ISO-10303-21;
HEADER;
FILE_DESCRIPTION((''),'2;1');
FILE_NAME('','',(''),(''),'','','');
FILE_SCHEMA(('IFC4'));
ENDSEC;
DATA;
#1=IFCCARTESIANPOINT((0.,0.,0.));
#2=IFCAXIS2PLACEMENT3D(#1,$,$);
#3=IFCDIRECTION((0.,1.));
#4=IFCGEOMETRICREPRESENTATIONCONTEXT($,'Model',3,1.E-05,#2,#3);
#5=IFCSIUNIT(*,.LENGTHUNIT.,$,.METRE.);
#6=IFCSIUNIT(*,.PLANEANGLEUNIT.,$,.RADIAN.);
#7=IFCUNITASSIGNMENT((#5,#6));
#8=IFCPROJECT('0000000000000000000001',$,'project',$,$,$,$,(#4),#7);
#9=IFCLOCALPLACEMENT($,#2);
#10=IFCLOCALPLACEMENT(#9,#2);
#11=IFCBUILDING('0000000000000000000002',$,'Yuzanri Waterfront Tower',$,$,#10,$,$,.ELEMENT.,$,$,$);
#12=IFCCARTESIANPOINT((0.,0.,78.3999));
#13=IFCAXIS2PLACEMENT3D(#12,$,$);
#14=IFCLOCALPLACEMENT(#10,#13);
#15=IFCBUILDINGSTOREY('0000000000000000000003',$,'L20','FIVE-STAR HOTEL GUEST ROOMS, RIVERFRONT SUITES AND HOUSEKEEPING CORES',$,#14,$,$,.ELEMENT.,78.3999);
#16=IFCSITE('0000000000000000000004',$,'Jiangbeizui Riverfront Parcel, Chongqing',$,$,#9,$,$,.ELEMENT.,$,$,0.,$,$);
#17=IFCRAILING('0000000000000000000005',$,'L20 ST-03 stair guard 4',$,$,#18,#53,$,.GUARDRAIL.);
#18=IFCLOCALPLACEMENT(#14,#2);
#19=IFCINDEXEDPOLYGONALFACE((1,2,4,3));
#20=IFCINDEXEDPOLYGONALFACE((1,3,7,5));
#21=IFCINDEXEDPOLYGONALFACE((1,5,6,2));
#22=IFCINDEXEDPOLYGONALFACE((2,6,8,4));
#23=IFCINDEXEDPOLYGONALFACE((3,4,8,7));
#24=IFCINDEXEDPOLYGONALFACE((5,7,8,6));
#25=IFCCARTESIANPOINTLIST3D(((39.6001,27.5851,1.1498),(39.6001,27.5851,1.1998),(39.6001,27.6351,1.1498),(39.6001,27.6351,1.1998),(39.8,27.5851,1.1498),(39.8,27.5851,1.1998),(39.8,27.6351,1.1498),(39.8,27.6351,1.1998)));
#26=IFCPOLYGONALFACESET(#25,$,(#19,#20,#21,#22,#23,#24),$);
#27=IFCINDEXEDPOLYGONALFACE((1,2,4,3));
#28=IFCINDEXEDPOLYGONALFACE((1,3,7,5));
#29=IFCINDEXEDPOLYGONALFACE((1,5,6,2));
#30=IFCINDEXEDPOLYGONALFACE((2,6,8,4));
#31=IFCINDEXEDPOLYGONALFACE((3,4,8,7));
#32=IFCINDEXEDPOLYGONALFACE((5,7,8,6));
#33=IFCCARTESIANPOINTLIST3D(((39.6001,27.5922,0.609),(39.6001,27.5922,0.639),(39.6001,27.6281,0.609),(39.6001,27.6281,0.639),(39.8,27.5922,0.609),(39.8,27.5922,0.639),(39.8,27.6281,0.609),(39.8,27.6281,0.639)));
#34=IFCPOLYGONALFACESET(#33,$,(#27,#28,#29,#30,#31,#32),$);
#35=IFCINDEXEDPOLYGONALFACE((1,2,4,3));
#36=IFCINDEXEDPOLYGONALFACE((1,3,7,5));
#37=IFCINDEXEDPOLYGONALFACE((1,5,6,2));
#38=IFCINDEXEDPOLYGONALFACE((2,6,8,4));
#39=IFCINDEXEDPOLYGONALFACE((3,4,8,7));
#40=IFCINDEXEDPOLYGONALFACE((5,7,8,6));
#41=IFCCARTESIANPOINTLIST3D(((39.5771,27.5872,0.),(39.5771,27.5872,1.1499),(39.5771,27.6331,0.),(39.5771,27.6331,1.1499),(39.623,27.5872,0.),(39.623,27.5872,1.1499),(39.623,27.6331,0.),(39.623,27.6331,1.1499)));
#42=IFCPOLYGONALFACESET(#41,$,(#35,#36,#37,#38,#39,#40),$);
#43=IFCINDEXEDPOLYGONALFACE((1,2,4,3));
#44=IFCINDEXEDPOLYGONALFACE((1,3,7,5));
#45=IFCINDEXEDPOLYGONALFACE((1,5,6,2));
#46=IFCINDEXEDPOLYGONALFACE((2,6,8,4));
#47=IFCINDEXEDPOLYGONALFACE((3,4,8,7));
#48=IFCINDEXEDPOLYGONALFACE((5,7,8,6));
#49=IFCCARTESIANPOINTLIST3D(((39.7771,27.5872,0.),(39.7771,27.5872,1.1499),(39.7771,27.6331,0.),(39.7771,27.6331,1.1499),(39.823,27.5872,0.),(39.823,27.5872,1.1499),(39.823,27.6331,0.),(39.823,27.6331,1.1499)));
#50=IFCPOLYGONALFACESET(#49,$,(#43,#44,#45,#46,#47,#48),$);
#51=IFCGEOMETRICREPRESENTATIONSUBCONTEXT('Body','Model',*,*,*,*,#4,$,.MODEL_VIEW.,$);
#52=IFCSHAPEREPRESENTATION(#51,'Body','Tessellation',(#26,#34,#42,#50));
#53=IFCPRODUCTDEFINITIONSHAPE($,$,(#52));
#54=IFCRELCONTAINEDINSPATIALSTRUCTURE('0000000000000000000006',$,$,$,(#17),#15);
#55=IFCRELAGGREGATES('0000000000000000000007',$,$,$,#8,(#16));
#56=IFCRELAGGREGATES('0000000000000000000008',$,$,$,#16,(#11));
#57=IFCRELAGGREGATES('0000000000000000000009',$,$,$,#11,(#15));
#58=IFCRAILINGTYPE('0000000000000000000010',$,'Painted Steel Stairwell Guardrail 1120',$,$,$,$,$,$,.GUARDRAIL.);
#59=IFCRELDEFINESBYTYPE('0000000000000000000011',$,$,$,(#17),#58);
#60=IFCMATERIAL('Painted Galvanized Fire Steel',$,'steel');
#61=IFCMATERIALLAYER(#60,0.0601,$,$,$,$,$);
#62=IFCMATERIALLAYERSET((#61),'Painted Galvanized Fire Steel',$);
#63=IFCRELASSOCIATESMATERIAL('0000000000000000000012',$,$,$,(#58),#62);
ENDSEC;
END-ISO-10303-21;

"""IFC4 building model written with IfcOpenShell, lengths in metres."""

from ifc_helpers import new_model, si_unit, direction, frame, origin, origin_2d, place, context, subcontext, project, spatial, rectangle, extrude, source, transform, mapped, material, layer, layer_set, type_object, element, save


model = new_model("IFC4")

# Units and contexts
model_context = context("Model", 3, precision=1e-05, world=origin(), true_north=direction((0.0, 1.0)))
body_context = subcontext(model_context, "Body", "Model", "MODEL_VIEW")
ifc_project = project(units=[si_unit("LENGTHUNIT", "METRE"), si_unit("PLANEANGLEUNIT", "RADIAN")], contexts=[model_context])

# Site, building, storey
site_placement = place(None, origin())
site = spatial("IfcSite", under=ifc_project, at=site_placement, Name="Jiangbeizui Riverfront Parcel, Chongqing", CompositionType="ELEMENT", RefElevation=0.0)
building_placement = place(site_placement, origin())
building = spatial("IfcBuilding", under=site, at=building_placement, Name="Yuzanri Waterfront Tower", CompositionType="ELEMENT")
storey_placement = place(building_placement, frame((0.0, 0.0, 78.3999)))
storey = spatial("IfcBuildingStorey", under=building, at=storey_placement, Name="L20", Description="FIVE-STAR HOTEL GUEST ROOMS, RIVERFRONT SUITES AND HOUSEKEEPING CORES", CompositionType="ELEMENT", Elevation=78.3999)

# Railing
ifc_material_1 = material(Name="Painted Galvanized Fire Steel", Category="steel")
ifc_layer_1 = layer(ifc_material_1, 0.0601)
ifc_layer_set_1 = layer_set([ifc_layer_1], Name="Painted Galvanized Fire Steel")
railing_type_1 = type_object("IfcRailingType", Name="Painted Steel Stairwell Guardrail 1120", PredefinedType="GUARDRAIL", material=ifc_layer_set_1)
shared_shape_1 = source(origin(), body_context, "Body", "SweptSolid", [
    extrude(rectangle(XDim=0.05, YDim=0.05, at=origin_2d()), frame((0.0, 0.0, 1.1748), z_axis=(1.0, 0.0, 0.0), x_axis=(0.0, 1.0, 0.0)), (0.0, 0.0, 1.0), 0.2),
    extrude(rectangle(XDim=0.0359, YDim=0.03, at=origin_2d()), frame((0.0, 0.0, 0.624), z_axis=(1.0, 0.0, 0.0), x_axis=(0.0, 1.0, 0.0)), (0.0, 0.0, 1.0), 0.2),
    extrude(rectangle(XDim=0.0459, YDim=0.0459, at=origin_2d()), origin(), (0.0, 0.0, 1.0), 1.1499),
    extrude(rectangle(XDim=0.0459, YDim=0.0459, at=origin_2d()), frame((0.2, 0.0, 0.0)), (0.0, 0.0, 1.0), 1.1499),
])
for number, where, name in (
    (1, (39.6001, 27.6101, 0.0), "L20 ST-03 stair guard 4"),
):
    element("IfcRailing", number, at=place(storey_placement, frame(where)), inside=storey, type_object=railing_type_1, Name=name, PredefinedType="GUARDRAIL", context=body_context, shape_type="MappedRepresentation", body=[
        mapped(shared_shape_1, transform((0.0, 0.0, 0.0), scale=1.0)),
    ])

save(model, "model.ifc")
